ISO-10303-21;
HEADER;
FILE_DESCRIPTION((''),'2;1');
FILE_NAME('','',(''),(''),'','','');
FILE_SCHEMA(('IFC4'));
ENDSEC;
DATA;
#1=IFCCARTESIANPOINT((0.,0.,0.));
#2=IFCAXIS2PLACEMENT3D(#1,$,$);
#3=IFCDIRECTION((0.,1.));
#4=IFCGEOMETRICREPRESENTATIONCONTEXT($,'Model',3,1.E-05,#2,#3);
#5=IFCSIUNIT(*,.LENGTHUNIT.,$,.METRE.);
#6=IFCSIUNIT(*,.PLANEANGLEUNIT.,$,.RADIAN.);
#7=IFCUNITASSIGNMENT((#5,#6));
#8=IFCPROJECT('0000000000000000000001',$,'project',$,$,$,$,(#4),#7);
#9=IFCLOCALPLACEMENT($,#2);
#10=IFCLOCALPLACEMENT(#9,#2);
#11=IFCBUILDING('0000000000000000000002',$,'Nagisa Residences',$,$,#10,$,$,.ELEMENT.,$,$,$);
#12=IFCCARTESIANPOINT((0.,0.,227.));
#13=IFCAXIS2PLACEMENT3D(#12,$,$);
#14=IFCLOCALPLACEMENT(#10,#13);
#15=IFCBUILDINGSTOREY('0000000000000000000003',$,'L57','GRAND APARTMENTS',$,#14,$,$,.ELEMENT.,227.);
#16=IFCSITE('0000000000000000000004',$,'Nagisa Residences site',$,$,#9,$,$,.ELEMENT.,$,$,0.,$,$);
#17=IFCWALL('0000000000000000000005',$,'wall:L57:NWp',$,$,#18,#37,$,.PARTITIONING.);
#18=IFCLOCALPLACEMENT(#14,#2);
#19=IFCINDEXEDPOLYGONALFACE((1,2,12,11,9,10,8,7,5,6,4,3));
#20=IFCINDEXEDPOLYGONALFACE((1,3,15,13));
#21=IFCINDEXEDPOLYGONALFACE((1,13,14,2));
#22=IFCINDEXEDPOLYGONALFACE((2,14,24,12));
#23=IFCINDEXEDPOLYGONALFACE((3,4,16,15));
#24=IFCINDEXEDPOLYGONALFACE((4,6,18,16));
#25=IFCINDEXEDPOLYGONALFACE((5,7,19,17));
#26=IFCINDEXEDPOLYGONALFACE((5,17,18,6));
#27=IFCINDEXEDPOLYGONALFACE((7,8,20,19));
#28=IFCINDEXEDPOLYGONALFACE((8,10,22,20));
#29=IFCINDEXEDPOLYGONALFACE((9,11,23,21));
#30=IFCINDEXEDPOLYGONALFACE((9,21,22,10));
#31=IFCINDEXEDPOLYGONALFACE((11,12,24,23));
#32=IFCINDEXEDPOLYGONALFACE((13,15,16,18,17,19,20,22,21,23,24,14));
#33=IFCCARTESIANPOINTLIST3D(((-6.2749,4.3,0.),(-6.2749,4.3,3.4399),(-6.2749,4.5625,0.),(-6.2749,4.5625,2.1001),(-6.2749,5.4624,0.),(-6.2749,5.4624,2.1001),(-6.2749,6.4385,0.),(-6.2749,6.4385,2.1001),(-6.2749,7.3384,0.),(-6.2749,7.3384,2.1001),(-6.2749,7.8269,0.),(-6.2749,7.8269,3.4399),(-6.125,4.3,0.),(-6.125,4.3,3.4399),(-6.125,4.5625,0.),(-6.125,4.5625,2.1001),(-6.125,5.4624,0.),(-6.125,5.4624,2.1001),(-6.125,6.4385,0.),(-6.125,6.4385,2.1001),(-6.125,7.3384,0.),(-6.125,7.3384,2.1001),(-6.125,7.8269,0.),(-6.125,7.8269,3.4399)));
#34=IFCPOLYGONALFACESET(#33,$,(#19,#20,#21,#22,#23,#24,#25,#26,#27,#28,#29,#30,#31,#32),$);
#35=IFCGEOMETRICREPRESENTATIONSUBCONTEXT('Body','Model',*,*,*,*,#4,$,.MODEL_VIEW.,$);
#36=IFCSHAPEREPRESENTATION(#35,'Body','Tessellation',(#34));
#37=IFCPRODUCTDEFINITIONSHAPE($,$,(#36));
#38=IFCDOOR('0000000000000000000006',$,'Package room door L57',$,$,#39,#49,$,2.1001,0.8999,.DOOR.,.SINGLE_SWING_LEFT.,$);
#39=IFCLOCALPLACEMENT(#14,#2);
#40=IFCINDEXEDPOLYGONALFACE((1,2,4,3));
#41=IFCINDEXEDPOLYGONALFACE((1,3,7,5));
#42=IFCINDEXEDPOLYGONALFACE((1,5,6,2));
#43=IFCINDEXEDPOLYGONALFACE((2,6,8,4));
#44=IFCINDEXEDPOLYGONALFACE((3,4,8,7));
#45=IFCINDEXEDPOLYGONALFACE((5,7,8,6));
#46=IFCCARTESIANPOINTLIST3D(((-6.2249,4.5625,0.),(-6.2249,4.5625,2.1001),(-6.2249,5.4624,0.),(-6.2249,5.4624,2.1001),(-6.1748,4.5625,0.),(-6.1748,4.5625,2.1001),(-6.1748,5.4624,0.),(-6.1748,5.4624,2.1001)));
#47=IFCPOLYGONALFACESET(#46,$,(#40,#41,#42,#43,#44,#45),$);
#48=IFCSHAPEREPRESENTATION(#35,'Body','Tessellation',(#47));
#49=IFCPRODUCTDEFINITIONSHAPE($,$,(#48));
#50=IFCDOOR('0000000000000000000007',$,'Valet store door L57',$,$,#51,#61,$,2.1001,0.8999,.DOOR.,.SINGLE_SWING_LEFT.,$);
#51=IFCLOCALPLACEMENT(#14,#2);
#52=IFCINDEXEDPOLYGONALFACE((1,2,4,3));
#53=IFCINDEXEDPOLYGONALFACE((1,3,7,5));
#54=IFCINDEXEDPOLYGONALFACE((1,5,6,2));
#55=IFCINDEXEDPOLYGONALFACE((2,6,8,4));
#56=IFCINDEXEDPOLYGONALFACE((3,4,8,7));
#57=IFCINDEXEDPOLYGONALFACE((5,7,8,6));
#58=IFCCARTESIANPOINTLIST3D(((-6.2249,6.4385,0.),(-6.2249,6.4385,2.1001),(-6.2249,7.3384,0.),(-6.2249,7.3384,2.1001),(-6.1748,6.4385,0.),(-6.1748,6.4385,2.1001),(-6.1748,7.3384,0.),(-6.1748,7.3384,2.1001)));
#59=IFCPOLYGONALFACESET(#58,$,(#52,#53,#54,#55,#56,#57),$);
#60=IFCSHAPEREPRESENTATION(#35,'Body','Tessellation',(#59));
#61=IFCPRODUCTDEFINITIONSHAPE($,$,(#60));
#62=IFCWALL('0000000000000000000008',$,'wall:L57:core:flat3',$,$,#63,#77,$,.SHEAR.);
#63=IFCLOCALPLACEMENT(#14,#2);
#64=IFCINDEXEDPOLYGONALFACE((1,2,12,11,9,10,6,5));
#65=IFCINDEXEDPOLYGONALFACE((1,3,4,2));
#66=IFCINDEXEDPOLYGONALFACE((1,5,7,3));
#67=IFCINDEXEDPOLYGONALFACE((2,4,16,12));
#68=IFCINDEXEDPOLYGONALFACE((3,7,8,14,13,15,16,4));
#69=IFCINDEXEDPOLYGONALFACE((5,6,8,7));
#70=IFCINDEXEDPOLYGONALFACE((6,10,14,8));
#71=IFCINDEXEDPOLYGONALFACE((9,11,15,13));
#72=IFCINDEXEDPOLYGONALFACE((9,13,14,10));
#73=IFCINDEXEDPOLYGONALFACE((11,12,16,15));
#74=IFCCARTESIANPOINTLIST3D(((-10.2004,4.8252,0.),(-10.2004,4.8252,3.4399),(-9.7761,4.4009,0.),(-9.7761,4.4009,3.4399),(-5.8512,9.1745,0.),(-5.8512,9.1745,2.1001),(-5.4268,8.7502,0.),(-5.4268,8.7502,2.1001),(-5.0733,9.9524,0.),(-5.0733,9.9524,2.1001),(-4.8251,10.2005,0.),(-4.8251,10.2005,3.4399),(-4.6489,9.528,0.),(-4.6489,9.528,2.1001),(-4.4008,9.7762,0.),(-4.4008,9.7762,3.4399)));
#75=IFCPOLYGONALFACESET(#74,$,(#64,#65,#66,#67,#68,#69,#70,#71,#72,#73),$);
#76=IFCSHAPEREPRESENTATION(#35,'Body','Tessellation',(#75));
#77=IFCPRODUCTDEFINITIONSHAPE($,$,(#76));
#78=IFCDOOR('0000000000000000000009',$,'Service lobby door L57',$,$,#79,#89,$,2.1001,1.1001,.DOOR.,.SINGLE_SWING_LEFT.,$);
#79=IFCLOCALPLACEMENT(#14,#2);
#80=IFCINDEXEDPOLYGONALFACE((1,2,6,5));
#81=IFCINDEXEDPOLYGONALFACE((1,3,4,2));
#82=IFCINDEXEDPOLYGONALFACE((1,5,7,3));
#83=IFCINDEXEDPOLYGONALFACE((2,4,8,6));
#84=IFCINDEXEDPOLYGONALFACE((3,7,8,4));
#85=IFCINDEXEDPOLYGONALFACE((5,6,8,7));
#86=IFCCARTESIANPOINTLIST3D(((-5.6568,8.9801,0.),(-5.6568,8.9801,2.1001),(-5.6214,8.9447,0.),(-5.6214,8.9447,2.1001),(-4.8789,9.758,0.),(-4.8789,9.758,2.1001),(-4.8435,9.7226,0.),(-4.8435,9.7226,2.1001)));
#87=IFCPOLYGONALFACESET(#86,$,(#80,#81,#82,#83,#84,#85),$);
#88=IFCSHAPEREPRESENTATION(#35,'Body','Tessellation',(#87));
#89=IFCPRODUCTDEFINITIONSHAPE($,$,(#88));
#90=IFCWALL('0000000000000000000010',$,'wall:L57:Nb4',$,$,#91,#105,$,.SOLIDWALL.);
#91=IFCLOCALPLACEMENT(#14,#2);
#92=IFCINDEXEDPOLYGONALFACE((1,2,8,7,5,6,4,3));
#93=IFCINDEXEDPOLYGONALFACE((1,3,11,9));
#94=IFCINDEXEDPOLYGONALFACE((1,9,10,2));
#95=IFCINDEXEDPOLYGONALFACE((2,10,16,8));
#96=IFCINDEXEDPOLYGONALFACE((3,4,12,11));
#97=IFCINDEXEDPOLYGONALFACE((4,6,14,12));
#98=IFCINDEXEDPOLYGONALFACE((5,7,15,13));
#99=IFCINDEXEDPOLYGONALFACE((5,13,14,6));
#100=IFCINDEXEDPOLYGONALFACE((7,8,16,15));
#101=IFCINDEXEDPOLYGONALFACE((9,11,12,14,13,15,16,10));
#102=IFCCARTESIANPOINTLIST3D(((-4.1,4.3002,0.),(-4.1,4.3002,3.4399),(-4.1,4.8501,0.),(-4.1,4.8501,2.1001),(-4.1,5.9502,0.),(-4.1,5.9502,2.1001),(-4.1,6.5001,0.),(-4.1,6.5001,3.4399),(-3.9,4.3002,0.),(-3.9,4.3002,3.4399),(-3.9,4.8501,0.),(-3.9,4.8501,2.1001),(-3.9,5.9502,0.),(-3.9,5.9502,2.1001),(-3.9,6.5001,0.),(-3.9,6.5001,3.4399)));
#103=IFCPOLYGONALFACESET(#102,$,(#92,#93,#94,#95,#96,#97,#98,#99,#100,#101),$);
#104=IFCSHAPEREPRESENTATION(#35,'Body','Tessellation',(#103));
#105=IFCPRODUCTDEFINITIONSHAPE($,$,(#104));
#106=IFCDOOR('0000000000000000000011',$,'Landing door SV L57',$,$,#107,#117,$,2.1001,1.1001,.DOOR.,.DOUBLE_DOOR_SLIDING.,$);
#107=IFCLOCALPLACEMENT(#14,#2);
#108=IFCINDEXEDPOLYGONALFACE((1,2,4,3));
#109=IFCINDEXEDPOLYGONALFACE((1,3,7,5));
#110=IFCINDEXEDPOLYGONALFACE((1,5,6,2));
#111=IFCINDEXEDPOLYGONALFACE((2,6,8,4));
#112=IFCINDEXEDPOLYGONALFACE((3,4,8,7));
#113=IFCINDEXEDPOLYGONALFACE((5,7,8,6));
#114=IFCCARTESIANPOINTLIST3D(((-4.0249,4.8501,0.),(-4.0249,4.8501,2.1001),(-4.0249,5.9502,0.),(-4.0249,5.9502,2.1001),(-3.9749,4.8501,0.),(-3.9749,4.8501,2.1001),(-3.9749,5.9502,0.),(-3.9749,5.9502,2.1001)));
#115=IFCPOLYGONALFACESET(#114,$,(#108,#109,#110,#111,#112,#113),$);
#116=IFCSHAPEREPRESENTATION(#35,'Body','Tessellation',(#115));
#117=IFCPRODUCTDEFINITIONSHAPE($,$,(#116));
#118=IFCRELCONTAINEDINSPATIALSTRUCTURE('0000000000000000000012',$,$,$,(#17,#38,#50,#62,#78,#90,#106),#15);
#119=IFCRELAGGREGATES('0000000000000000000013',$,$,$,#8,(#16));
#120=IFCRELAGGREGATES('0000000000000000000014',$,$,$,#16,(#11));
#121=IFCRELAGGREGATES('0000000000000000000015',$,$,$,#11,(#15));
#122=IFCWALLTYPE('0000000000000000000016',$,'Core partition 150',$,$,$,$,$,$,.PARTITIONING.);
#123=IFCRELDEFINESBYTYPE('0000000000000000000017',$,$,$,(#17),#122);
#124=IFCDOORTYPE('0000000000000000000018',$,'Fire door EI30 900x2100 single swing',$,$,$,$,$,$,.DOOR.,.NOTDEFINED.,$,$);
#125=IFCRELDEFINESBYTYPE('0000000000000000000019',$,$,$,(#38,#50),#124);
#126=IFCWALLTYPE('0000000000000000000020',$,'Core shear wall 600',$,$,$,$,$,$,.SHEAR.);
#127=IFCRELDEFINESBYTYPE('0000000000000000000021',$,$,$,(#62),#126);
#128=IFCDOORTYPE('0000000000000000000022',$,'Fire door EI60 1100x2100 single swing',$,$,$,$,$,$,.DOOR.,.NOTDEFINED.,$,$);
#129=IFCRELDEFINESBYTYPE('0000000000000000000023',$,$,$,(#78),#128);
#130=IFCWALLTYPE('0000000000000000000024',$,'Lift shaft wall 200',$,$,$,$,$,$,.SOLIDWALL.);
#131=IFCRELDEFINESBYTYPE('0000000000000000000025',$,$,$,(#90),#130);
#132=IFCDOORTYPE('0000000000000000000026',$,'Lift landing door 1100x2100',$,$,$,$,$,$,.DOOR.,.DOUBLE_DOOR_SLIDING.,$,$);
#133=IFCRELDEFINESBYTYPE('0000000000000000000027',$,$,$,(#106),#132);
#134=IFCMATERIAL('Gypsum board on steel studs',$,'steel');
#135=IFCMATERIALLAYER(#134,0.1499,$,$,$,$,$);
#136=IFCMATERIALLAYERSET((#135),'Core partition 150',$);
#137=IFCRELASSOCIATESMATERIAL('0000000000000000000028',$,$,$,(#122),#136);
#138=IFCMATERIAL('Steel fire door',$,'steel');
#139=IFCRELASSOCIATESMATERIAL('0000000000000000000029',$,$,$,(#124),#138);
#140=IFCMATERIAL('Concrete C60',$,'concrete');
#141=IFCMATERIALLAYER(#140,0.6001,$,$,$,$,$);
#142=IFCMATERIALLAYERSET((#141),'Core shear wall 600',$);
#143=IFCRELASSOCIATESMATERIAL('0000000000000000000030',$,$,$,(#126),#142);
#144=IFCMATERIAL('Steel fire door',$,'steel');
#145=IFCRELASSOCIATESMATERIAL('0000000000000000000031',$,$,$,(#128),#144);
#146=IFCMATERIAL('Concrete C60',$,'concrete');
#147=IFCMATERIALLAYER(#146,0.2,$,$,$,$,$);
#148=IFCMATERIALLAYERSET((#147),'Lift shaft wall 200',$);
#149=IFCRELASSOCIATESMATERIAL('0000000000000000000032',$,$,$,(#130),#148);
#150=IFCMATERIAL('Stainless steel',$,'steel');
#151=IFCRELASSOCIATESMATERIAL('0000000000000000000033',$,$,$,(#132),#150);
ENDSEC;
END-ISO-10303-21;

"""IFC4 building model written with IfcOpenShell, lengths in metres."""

from ifc_helpers import new_model, si_unit, direction, frame, frame_2d, origin, place, context, subcontext, project, spatial, rectangle, extrude, material, layer, layer_set, type_object, element, fill, save


model = new_model("IFC4")

# Units and contexts
model_context = context("Model", 3, precision=1e-05, world=origin(), true_north=direction((0.0, 1.0)))
body_context = subcontext(model_context, "Body", "Model", "MODEL_VIEW")
ifc_project = project(units=[si_unit("LENGTHUNIT", "METRE"), si_unit("PLANEANGLEUNIT", "RADIAN")], contexts=[model_context])

# Site, building, storey
site_placement = place(None, origin())
site = spatial("IfcSite", under=ifc_project, at=site_placement, Name="Nagisa Residences site", CompositionType="ELEMENT", RefElevation=0.0)
building_placement = place(site_placement, origin())
building = spatial("IfcBuilding", under=site, at=building_placement, Name="Nagisa Residences", CompositionType="ELEMENT")
storey_placement = place(building_placement, frame((0.0, 0.0, 227.0)))
storey = spatial("IfcBuildingStorey", under=building, at=storey_placement, Name="L57", Description="GRAND APARTMENTS", CompositionType="ELEMENT", Elevation=227.0)

# Wall, openings, doors
ifc_material_1 = material(Name="Gypsum board on steel studs", Category="steel")
ifc_layer_1 = layer(ifc_material_1, 0.1499)
ifc_layer_set_1 = layer_set([ifc_layer_1], Name="Core partition 150")
wall_type_1 = type_object("IfcWallType", Name="Core partition 150", PredefinedType="PARTITIONING", material=ifc_layer_set_1)
wall_1_placement = place(storey_placement, frame((-6.2, 4.3, 0.0), z_axis=(0.0, 0.0, 1.0), x_axis=(0.0, 1.0, 0.0)))
wall_1 = element("IfcWall", 1, at=wall_1_placement, inside=storey, type_object=wall_type_1, Name="wall:L57:NWp", PredefinedType="PARTITIONING", context=body_context, shape_type="SweptSolid", body=[
    extrude(rectangle(XDim=3.5269, YDim=0.1499, at=frame_2d((1.7634, 0.0))), origin(), (0.0, 0.0, 1.0), 3.4399),
])
opening_1_placement = place(wall_1_placement, frame((0.2625, 0.0, 0.0)))
opening_1 = element("IfcOpeningElement", 2, at=opening_1_placement, cuts=wall_1, PredefinedType="OPENING", context=body_context, shape_type="SweptSolid", body=[
    extrude(rectangle(XDim=0.8999, YDim=2.1001, at=frame_2d((0.45, 1.05))), frame((0.0, 0.085, 0.0), z_axis=(0.0, -1.0, 0.0), x_axis=(1.0, 0.0, 0.0)), (0.0, 0.0, 1.0), 0.1699),
])
opening_2_placement = place(wall_1_placement, frame((2.1384, 0.0, 0.0)))
opening_2 = element("IfcOpeningElement", 3, at=opening_2_placement, cuts=wall_1, PredefinedType="OPENING", context=body_context, shape_type="SweptSolid", body=[
    extrude(rectangle(XDim=0.8999, YDim=2.1001, at=frame_2d((0.45, 1.05))), frame((0.0, 0.085, 0.0), z_axis=(0.0, -1.0, 0.0), x_axis=(1.0, 0.0, 0.0)), (0.0, 0.0, 1.0), 0.1699),
])
ifc_material_2 = material(Name="Steel fire door", Category="steel")
door_type_1 = type_object("IfcDoorType", Name="Fire door EI30 900x2100 single swing", OperationType="NOTDEFINED", PredefinedType="DOOR", material=ifc_material_2)
door_1_placement = place(opening_1_placement, origin())
door_1 = element("IfcDoor", 4, at=door_1_placement, inside=storey, type_object=door_type_1, Name="Package room door L57", OperationType="SINGLE_SWING_LEFT", OverallHeight=2.1001, OverallWidth=0.8999, PredefinedType="DOOR", context=body_context, shape_type="SweptSolid", body=[
    extrude(rectangle(XDim=0.8999, YDim=2.1001, at=frame_2d((0.45, 1.05))), frame((0.0, 0.0249, 0.0), z_axis=(0.0, -1.0, 0.0), x_axis=(1.0, 0.0, 0.0)), (0.0, 0.0, 1.0), 0.05),
])
fill(opening_1, door_1)
door_2_placement = place(opening_2_placement, origin())
door_2 = element("IfcDoor", 5, at=door_2_placement, inside=storey, type_object=door_type_1, Name="Valet store door L57", OperationType="SINGLE_SWING_LEFT", OverallHeight=2.1001, OverallWidth=0.8999, PredefinedType="DOOR", context=body_context, shape_type="SweptSolid", body=[
    extrude(rectangle(XDim=0.8999, YDim=2.1001, at=frame_2d((0.45, 1.05))), frame((0.0, 0.0249, 0.0), z_axis=(0.0, -1.0, 0.0), x_axis=(1.0, 0.0, 0.0)), (0.0, 0.0, 1.0), 0.05),
])
fill(opening_2, door_2)

# Walls, openings, doors
ifc_material_3 = material(Name="Concrete C60", Category="concrete")
ifc_layer_2 = layer(ifc_material_3, 0.6001)
ifc_layer_set_2 = layer_set([ifc_layer_2], Name="Core shear wall 600")
wall_type_2 = type_object("IfcWallType", Name="Core shear wall 600", PredefinedType="SHEAR", material=ifc_layer_set_2)
wall_2_placement = place(storey_placement, frame((-4.613, 9.9883, 0.0), z_axis=(0.0, 0.0, 1.0), x_axis=(-0.707107, -0.707107, 0.0)))
wall_2 = element("IfcWall", 6, at=wall_2_placement, inside=storey, type_object=wall_type_2, Name="wall:L57:core:flat3", PredefinedType="SHEAR", context=body_context, shape_type="SweptSolid", body=[
    extrude(rectangle(XDim=7.6018, YDim=0.6001, at=frame_2d((3.8008, 0.0))), origin(), (0.0, 0.0, 1.0), 3.4399),
])
opening_3_placement = place(wall_2_placement, frame((0.3508, 0.0, 0.0)))
opening_3 = element("IfcOpeningElement", 7, at=opening_3_placement, cuts=wall_2, PredefinedType="OPENING", context=body_context, shape_type="SweptSolid", body=[
    extrude(rectangle(XDim=1.1001, YDim=2.1001, at=frame_2d((0.55, 1.05))), frame((0.0, 0.3101, 0.0), z_axis=(0.0, -1.0, 0.0), x_axis=(1.0, 0.0, 0.0)), (0.0, 0.0, 1.0), 0.6201),
])
ifc_material_4 = material(Name="Steel fire door", Category="steel")
door_type_2 = type_object("IfcDoorType", Name="Fire door EI60 1100x2100 single swing", OperationType="NOTDEFINED", PredefinedType="DOOR", material=ifc_material_4)
door_3_placement = place(opening_3_placement, origin())
door_3 = element("IfcDoor", 8, at=door_3_placement, inside=storey, type_object=door_type_2, Name="Service lobby door L57", OperationType="SINGLE_SWING_LEFT", OverallHeight=2.1001, OverallWidth=1.1001, PredefinedType="DOOR", context=body_context, shape_type="SweptSolid", body=[
    extrude(rectangle(XDim=1.1001, YDim=2.1001, at=frame_2d((0.55, 1.05))), frame((0.0, 0.0249, 0.0), z_axis=(0.0, -1.0, 0.0), x_axis=(1.0, 0.0, 0.0)), (0.0, 0.0, 1.0), 0.05),
])
fill(opening_3, door_3)
ifc_material_5 = material(Name="Concrete C60", Category="concrete")
ifc_layer_3 = layer(ifc_material_5, 0.2)
ifc_layer_set_3 = layer_set([ifc_layer_3], Name="Lift shaft wall 200")
wall_type_3 = type_object("IfcWallType", Name="Lift shaft wall 200", PredefinedType="SOLIDWALL", material=ifc_layer_set_3)
wall_3_placement = place(storey_placement, frame((-4.0, 4.3, 0.0), z_axis=(0.0, 0.0, 1.0), x_axis=(0.0, 1.0, 0.0)))
wall_3 = element("IfcWall", 9, at=wall_3_placement, inside=storey, type_object=wall_type_3, Name="wall:L57:Nb4", PredefinedType="SOLIDWALL", context=body_context, shape_type="SweptSolid", body=[
    extrude(rectangle(XDim=2.2, YDim=0.2, at=frame_2d((1.1001, 0.0))), origin(), (0.0, 0.0, 1.0), 3.4399),
])
opening_4_placement = place(wall_3_placement, frame((0.55, 0.0, 0.0)))
opening_4 = element("IfcOpeningElement", 10, at=opening_4_placement, cuts=wall_3, PredefinedType="OPENING", context=body_context, shape_type="SweptSolid", body=[
    extrude(rectangle(XDim=1.1001, YDim=2.1001, at=frame_2d((0.55, 1.05))), frame((0.0, 0.1099, 0.0), z_axis=(0.0, -1.0, 0.0), x_axis=(1.0, 0.0, 0.0)), (0.0, 0.0, 1.0), 0.22),
])
ifc_material_6 = material(Name="Stainless steel", Category="steel")
door_type_3 = type_object("IfcDoorType", Name="Lift landing door 1100x2100", OperationType="DOUBLE_DOOR_SLIDING", PredefinedType="DOOR", material=ifc_material_6)
door_4_placement = place(opening_4_placement, origin())
door_4 = element("IfcDoor", 11, at=door_4_placement, inside=storey, type_object=door_type_3, Name="Landing door SV L57", OperationType="DOUBLE_DOOR_SLIDING", OverallHeight=2.1001, OverallWidth=1.1001, PredefinedType="DOOR", context=body_context, shape_type="SweptSolid", body=[
    extrude(rectangle(XDim=1.1001, YDim=2.1001, at=frame_2d((0.55, 1.05))), frame((0.0, 0.0249, 0.0), z_axis=(0.0, -1.0, 0.0), x_axis=(1.0, 0.0, 0.0)), (0.0, 0.0, 1.0), 0.05),
])
fill(opening_4, door_4)

save(model, "model.ifc")
